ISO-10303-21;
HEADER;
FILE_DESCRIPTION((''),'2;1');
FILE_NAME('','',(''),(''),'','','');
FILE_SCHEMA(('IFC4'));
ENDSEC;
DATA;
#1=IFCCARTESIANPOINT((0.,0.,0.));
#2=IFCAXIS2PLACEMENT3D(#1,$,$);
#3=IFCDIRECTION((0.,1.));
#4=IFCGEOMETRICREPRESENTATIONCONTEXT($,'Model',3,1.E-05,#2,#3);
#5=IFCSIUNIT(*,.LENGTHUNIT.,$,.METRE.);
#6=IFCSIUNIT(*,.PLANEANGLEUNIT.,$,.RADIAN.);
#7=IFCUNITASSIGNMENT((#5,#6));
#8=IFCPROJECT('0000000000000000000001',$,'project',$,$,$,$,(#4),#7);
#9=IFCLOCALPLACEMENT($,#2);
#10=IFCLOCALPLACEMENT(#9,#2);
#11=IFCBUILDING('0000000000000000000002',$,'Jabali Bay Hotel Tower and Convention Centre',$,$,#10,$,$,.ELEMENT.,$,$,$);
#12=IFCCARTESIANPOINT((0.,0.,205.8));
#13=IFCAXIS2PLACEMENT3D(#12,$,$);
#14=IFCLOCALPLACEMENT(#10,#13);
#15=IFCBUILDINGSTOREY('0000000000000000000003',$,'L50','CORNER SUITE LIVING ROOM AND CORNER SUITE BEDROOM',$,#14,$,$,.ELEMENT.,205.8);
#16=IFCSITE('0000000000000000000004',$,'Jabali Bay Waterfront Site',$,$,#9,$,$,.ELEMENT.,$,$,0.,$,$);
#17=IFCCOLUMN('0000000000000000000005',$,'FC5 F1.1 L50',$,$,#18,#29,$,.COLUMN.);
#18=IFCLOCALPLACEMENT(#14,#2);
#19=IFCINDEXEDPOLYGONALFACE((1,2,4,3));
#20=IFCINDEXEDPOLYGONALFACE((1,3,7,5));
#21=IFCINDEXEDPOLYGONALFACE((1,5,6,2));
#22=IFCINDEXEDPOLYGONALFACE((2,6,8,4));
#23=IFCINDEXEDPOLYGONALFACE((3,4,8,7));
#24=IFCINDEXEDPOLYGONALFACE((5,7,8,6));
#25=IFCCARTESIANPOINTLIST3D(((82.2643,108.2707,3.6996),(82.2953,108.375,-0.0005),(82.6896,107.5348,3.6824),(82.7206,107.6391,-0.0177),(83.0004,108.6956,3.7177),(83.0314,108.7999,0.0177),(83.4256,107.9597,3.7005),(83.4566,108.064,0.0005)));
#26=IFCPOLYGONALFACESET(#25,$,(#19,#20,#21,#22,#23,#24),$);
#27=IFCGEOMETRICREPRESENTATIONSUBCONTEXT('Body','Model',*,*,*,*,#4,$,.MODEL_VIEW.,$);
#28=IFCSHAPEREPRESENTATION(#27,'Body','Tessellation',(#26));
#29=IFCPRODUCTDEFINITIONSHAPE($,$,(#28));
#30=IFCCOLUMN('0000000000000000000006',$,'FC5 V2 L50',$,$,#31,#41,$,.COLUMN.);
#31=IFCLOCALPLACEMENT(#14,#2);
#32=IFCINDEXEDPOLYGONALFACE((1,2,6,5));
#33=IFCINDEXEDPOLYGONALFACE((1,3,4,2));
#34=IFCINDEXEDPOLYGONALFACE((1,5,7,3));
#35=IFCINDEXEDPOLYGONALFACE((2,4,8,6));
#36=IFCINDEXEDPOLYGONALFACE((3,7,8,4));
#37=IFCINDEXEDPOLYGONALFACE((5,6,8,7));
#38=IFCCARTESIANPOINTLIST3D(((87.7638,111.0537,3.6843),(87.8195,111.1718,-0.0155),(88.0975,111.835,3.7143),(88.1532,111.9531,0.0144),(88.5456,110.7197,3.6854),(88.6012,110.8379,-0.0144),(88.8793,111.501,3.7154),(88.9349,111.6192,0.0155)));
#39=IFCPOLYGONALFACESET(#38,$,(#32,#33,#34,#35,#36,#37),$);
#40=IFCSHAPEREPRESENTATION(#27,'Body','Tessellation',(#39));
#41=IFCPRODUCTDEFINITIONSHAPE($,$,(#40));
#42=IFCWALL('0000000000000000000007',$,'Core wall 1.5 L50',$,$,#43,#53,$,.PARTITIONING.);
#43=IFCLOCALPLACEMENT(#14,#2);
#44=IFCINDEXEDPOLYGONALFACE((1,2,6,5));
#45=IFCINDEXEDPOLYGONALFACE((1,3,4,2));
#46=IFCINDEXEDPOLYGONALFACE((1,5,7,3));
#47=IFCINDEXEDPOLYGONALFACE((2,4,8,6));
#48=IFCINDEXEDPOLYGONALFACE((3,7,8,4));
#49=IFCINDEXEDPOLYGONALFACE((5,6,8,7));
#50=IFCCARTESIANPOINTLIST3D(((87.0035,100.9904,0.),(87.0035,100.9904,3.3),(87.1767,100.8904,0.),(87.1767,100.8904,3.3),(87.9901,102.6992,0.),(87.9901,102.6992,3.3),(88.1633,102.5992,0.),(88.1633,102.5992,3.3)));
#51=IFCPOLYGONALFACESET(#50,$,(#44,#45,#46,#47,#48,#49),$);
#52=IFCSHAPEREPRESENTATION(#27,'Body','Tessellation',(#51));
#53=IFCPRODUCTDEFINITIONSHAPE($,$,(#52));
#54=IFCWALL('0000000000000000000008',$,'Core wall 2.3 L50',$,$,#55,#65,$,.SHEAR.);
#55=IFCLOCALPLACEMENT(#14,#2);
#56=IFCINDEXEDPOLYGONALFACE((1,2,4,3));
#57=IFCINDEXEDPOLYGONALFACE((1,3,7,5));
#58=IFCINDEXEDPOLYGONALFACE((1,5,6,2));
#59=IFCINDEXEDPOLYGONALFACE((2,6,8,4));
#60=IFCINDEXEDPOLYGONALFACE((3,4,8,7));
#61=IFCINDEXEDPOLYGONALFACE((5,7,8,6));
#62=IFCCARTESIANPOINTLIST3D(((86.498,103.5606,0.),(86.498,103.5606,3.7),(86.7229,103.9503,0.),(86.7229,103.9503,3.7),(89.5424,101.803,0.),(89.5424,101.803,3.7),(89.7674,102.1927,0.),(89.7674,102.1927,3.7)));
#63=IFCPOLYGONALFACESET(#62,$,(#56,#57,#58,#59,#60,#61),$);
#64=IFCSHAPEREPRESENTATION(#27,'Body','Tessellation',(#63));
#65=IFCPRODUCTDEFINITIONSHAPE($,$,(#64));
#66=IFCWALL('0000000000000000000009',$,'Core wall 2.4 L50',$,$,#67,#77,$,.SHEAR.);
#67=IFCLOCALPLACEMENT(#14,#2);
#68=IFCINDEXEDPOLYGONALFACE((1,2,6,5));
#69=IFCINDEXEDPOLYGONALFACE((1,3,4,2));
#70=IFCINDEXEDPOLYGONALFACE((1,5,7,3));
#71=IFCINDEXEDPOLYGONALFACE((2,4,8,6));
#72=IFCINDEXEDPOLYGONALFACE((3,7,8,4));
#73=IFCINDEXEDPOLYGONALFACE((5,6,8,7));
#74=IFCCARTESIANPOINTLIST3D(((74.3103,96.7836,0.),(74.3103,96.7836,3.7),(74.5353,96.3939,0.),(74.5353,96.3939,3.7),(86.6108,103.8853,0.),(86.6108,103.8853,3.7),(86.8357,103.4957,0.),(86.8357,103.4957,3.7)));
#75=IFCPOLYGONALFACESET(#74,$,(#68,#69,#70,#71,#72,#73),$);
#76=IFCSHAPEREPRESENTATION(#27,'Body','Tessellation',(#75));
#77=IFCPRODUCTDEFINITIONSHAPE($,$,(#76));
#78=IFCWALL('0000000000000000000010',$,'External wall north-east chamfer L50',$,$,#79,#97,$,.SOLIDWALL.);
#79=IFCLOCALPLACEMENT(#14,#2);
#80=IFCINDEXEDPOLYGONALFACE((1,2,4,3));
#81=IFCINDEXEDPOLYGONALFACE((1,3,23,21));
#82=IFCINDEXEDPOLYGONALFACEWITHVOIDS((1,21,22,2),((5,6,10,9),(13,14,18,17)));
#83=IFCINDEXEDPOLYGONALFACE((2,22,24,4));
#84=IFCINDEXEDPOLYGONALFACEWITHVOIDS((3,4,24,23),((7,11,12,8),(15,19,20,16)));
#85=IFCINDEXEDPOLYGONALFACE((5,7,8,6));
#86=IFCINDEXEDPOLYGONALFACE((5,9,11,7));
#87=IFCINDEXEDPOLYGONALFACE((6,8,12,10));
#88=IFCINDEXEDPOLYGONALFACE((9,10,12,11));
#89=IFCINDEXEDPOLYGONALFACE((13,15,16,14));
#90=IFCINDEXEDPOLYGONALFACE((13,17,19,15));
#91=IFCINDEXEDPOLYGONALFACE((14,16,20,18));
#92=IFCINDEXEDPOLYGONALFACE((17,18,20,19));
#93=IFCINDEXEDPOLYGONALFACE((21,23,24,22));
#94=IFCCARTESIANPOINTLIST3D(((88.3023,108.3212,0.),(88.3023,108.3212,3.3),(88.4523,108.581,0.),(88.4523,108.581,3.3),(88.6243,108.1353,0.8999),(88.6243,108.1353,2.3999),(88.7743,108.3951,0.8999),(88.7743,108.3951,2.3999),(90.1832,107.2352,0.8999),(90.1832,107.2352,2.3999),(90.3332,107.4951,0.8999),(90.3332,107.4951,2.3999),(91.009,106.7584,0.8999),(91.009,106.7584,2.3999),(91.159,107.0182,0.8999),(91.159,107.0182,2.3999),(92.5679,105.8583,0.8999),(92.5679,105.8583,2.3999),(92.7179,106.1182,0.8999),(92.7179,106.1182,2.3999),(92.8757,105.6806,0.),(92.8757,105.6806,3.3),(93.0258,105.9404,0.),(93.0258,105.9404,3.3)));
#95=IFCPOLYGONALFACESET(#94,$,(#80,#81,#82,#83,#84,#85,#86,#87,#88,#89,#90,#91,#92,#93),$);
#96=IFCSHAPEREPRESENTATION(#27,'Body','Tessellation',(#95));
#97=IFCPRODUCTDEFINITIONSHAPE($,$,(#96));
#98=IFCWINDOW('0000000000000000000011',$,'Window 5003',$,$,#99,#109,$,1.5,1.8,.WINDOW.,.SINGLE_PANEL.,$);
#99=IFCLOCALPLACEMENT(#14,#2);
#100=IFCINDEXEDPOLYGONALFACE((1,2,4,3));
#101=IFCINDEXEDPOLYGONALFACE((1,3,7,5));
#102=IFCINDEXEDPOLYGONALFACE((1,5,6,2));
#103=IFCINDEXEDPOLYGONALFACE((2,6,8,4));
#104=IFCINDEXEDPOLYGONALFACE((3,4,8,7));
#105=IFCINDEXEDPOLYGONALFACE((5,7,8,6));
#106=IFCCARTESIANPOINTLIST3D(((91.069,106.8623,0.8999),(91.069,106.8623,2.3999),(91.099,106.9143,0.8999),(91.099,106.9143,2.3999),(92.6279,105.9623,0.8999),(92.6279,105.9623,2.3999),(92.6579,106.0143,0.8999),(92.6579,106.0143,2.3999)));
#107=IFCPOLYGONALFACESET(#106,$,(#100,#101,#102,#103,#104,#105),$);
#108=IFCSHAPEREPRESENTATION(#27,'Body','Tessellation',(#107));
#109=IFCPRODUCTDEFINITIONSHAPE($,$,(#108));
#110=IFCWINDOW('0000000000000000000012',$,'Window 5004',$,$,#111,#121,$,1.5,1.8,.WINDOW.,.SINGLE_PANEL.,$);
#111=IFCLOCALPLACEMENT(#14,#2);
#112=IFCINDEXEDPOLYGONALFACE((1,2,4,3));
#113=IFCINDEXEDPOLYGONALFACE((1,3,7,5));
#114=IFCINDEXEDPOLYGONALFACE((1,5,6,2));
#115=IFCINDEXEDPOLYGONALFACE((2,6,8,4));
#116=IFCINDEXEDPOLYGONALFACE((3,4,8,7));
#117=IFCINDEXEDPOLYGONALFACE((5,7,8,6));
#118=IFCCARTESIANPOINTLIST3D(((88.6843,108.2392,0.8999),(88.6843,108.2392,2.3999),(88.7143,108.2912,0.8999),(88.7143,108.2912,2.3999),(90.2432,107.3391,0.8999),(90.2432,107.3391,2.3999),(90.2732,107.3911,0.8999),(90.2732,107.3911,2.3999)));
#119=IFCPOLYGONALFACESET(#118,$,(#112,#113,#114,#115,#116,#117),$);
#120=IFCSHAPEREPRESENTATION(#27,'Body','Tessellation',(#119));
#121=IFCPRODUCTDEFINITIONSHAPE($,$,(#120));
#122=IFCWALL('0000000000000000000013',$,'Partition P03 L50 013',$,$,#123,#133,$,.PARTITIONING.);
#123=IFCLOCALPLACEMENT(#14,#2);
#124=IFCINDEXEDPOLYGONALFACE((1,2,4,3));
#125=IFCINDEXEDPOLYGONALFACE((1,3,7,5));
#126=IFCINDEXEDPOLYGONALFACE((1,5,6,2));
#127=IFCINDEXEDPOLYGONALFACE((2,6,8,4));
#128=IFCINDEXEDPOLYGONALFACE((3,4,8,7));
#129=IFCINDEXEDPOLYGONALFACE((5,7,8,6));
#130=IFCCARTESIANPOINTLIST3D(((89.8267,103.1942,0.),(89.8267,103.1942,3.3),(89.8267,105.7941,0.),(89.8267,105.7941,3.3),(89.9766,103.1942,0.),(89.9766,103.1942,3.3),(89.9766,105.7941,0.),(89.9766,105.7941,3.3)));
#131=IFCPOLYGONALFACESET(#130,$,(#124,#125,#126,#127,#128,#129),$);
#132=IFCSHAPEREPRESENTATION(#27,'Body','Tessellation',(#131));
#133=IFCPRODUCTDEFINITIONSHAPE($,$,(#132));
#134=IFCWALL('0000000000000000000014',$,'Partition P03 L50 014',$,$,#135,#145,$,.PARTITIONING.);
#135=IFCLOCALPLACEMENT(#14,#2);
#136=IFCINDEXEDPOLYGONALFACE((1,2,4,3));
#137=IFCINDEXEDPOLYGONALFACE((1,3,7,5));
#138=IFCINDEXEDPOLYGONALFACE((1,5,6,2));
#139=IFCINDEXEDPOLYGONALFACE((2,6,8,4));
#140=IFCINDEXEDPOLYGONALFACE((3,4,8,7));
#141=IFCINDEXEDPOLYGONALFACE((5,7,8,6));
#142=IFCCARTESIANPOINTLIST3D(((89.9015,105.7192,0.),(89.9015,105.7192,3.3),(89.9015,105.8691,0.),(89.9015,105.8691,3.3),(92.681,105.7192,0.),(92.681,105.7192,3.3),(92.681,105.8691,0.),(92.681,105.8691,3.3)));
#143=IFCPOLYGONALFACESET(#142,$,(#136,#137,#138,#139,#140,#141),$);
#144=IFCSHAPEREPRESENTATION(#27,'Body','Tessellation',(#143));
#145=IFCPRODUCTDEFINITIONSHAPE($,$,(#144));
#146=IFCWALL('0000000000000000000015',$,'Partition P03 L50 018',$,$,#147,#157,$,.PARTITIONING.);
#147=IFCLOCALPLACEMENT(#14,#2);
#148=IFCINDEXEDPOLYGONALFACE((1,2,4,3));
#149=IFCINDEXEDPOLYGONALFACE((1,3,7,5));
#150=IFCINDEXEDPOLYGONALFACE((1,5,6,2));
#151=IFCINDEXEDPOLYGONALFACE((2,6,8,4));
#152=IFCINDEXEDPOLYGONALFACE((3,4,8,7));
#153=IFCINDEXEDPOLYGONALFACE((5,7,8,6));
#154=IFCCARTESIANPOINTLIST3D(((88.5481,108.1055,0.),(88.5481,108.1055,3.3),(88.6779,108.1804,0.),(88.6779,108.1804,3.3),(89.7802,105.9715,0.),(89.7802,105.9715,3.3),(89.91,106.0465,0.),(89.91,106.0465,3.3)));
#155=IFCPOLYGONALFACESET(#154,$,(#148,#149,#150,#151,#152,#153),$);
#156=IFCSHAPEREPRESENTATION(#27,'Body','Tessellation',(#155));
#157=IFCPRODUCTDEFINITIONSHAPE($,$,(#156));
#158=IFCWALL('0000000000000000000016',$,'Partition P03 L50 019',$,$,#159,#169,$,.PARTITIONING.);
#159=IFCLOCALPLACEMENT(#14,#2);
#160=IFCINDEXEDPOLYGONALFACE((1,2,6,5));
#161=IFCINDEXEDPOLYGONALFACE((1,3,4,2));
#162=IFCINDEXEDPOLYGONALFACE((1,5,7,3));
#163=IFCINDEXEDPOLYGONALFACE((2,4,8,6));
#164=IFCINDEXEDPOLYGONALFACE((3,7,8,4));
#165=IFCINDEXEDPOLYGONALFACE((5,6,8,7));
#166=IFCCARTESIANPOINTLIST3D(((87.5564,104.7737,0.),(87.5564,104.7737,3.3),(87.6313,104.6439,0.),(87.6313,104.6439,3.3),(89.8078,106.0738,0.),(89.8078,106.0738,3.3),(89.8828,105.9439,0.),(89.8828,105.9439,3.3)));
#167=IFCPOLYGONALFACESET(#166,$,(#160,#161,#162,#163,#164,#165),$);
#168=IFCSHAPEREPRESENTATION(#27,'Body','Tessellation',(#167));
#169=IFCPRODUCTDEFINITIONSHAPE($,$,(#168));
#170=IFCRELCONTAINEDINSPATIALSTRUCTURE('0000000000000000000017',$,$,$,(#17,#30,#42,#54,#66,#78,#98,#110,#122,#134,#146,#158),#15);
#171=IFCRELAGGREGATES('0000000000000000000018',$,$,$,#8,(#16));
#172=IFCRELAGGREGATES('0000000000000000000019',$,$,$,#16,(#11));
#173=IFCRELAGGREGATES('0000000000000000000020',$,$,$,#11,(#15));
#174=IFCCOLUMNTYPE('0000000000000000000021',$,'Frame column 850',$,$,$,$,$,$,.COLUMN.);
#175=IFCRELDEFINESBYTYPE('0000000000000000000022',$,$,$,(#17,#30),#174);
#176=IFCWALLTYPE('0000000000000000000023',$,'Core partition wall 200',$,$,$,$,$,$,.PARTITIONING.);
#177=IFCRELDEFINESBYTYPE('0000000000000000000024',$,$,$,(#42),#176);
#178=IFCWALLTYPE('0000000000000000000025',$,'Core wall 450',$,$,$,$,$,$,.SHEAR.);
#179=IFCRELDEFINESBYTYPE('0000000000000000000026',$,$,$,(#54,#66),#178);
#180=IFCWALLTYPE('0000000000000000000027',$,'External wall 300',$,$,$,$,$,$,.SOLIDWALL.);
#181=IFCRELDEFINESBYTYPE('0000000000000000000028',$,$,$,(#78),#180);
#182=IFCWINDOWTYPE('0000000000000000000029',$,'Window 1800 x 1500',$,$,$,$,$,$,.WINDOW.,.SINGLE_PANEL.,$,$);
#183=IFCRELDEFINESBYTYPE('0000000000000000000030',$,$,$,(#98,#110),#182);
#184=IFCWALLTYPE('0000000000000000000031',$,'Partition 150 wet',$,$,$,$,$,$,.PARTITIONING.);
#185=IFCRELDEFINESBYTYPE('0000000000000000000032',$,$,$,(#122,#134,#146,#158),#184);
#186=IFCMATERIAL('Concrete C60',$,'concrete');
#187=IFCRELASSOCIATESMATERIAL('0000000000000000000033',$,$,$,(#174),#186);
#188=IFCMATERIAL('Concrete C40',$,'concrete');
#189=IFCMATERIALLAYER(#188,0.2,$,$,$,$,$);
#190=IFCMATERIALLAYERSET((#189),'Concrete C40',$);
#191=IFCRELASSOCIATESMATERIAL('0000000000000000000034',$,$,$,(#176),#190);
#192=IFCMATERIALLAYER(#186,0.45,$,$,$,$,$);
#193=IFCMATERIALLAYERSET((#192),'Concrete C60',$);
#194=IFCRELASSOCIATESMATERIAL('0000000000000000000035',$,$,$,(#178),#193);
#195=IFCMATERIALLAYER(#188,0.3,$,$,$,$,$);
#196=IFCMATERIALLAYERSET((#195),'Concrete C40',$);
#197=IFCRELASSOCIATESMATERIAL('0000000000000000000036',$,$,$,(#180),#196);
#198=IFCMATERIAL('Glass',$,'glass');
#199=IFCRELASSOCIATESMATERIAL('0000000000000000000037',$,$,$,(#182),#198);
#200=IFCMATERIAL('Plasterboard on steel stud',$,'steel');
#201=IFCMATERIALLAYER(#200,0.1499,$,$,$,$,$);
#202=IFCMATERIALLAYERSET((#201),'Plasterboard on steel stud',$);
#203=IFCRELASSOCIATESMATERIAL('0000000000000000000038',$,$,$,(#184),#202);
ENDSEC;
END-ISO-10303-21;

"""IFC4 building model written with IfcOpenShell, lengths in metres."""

from ifc_helpers import new_model, si_unit, direction, frame, frame_2d, origin, origin_2d, place, context, subcontext, project, spatial, rectangle, extrude, material, layer, layer_set, material_profile, profile_set, type_object, element, fill, save


model = new_model("IFC4")

# Units and contexts
model_context = context("Model", 3, precision=1e-05, world=origin(), true_north=direction((0.0, 1.0)))
body_context = subcontext(model_context, "Body", "Model", "MODEL_VIEW")
ifc_project = project(units=[si_unit("LENGTHUNIT", "METRE"), si_unit("PLANEANGLEUNIT", "RADIAN")], contexts=[model_context])

# Site, building, storey
site_placement = place(None, origin())
site = spatial("IfcSite", under=ifc_project, at=site_placement, Name="Jabali Bay Waterfront Site", CompositionType="ELEMENT", RefElevation=0.0)
building_placement = place(site_placement, origin())
building = spatial("IfcBuilding", under=site, at=building_placement, Name="Jabali Bay Hotel Tower and Convention Centre", CompositionType="ELEMENT")
storey_placement = place(building_placement, frame((0.0, 0.0, 205.8)))
storey = spatial("IfcBuildingStorey", under=building, at=storey_placement, Name="L50", Description="CORNER SUITE LIVING ROOM AND CORNER SUITE BEDROOM", CompositionType="ELEMENT", Elevation=205.8)

# Columns
ifc_material_1 = material(Name="Concrete C60", Category="concrete")
ifc_material_profile = material_profile(ifc_material_1, rectangle(XDim=0.8501, YDim=0.8501, at=origin_2d()), Name="Frame column 850")
ifc_profile_set = profile_set([ifc_material_profile], Name="Concrete C60")
column_type = type_object("IfcColumnType", Name="Frame column 850", PredefinedType="COLUMN", material=ifc_profile_set)
column_1_placement = place(storey_placement, frame((82.876, 108.2195, 0.0), z_axis=(-0.008376, -0.028163, 0.999568), x_axis=(0.865852, 0.499845, 0.021339)))
element("IfcColumn", 1, at=column_1_placement, inside=storey, type_object=column_type, Name="FC5 F1.1 L50", PredefinedType="COLUMN", context=body_context, shape_type="SweptSolid", body=[
    extrude(rectangle(XDim=0.8501, YDim=0.8501, at=origin_2d()), origin(), (0.0, 0.0, 1.0), 3.7017),
])
column_2_placement = place(storey_placement, frame((88.3772, 111.3955, 0.0), z_axis=(-0.015035, -0.031917, 0.999377), x_axis=(0.919618, -0.392811, 0.00129)))
element("IfcColumn", 2, at=column_2_placement, inside=storey, type_object=column_type, Name="FC5 V2 L50", PredefinedType="COLUMN", context=body_context, shape_type="SweptSolid", body=[
    extrude(rectangle(XDim=0.8501, YDim=0.8501, at=origin_2d()), origin(), (0.0, 0.0, 1.0), 3.7021),
])

# Walls
ifc_material_2 = material(Name="Concrete C40", Category="concrete")
ifc_layer_1 = layer(ifc_material_2, 0.2)
ifc_layer_set_1 = layer_set([ifc_layer_1], Name="Concrete C40")
wall_type_1 = type_object("IfcWallType", Name="Core partition wall 200", PredefinedType="PARTITIONING", material=ifc_layer_set_1)
wall_1_placement = place(storey_placement, frame((87.0901, 100.9404, 0.0), z_axis=(0.0, 0.0, 1.0), x_axis=(0.500012, 0.866019, 0.0)))
element("IfcWall", 3, at=wall_1_placement, inside=storey, type_object=wall_type_1, Name="Core wall 1.5 L50", PredefinedType="PARTITIONING", context=body_context, shape_type="SweptSolid", body=[
    extrude(rectangle(XDim=1.9731, YDim=0.2, at=frame_2d((0.9866, 0.0))), origin(), (0.0, 0.0, 1.0), 3.3),
])
ifc_layer_2 = layer(ifc_material_1, 0.45)
ifc_layer_set_2 = layer_set([ifc_layer_2], Name="Concrete C60")
wall_type_2 = type_object("IfcWallType", Name="Core wall 450", PredefinedType="SHEAR", material=ifc_layer_set_2)
wall_2_placement = place(storey_placement, frame((89.655, 101.9978, 0.0), z_axis=(0.0, 0.0, 1.0), x_axis=(-0.866042, 0.499971, 0.0)))
element("IfcWall", 4, at=wall_2_placement, inside=storey, type_object=wall_type_2, Name="Core wall 2.3 L50", PredefinedType="SHEAR", context=body_context, shape_type="SweptSolid", body=[
    extrude(rectangle(XDim=3.5154, YDim=0.45, at=frame_2d((1.7578, 0.0))), origin(), (0.0, 0.0, 1.0), 3.7),
])
wall_3_placement = place(storey_placement, frame((86.7231, 103.6904, 0.0), z_axis=(0.0, 0.0, 1.0), x_axis=(-0.866023, -0.500005, 0.0)))
element("IfcWall", 5, at=wall_3_placement, inside=storey, type_object=wall_type_2, Name="Core wall 2.4 L50", PredefinedType="SHEAR", context=body_context, shape_type="SweptSolid", body=[
    extrude(rectangle(XDim=14.2034, YDim=0.45, at=frame_2d((7.1016, 0.0))), origin(), (0.0, 0.0, 1.0), 3.7),
])

# Wall, openings, windows
ifc_layer_3 = layer(ifc_material_2, 0.3)
ifc_layer_set_3 = layer_set([ifc_layer_3], Name="Concrete C40")
wall_type_3 = type_object("IfcWallType", Name="External wall 300", PredefinedType="SOLIDWALL", material=ifc_layer_set_3)
wall_4_placement = place(storey_placement, frame((88.3772, 108.4512, 0.0), z_axis=(0.0, 0.0, 1.0), x_axis=(0.866015, -0.500017, 0.0)))
wall_4 = element("IfcWall", 6, at=wall_4_placement, inside=storey, type_object=wall_type_3, Name="External wall north-east chamfer L50", PredefinedType="SOLIDWALL", context=body_context, shape_type="SweptSolid", body=[
    extrude(rectangle(XDim=5.281, YDim=0.3, at=frame_2d((2.6406, 0.0))), origin(), (0.0, 0.0, 1.0), 3.3),
])
opening_1_placement = place(wall_4_placement, frame((3.1257, 0.0, 0.8999)))
opening_1 = element("IfcOpeningElement", 7, at=opening_1_placement, cuts=wall_4, PredefinedType="OPENING", context=body_context, shape_type="SweptSolid", body=[
    extrude(rectangle(XDim=1.8, YDim=1.5, at=frame_2d((0.8999, 0.75))), frame((0.0, 0.1606, 0.0), z_axis=(0.0, -1.0, 0.0), x_axis=(1.0, 0.0, 0.0)), (0.0, 0.0, 1.0), 0.321),
])
opening_2_placement = place(wall_4_placement, frame((0.3721, 0.0, 0.8999)))
opening_2 = element("IfcOpeningElement", 8, at=opening_2_placement, cuts=wall_4, PredefinedType="OPENING", context=body_context, shape_type="SweptSolid", body=[
    extrude(rectangle(XDim=1.8, YDim=1.5, at=frame_2d((0.8999, 0.75))), frame((0.0, 0.1606, 0.0), z_axis=(0.0, -1.0, 0.0), x_axis=(1.0, 0.0, 0.0)), (0.0, 0.0, 1.0), 0.321),
])
ifc_material_3 = material(Name="Glass", Category="glass")
window_type = type_object("IfcWindowType", Name="Window 1800 x 1500", PartitioningType="SINGLE_PANEL", PredefinedType="WINDOW", material=ifc_material_3)
window_1_placement = place(opening_1_placement, origin())
window_1 = element("IfcWindow", 9, at=window_1_placement, inside=storey, type_object=window_type, Name="Window 5003", OverallHeight=1.5, OverallWidth=1.8, PartitioningType="SINGLE_PANEL", PredefinedType="WINDOW", context=body_context, shape_type="SweptSolid", body=[
    extrude(rectangle(XDim=1.8, YDim=1.5, at=frame_2d((0.8999, 0.75))), frame((0.0, 0.03, 0.0), z_axis=(0.0, -1.0, 0.0), x_axis=(1.0, 0.0, 0.0)), (0.0, 0.0, 1.0), 0.0601),
])
fill(opening_1, window_1)
window_2_placement = place(opening_2_placement, origin())
window_2 = element("IfcWindow", 10, at=window_2_placement, inside=storey, type_object=window_type, Name="Window 5004", OverallHeight=1.5, OverallWidth=1.8, PartitioningType="SINGLE_PANEL", PredefinedType="WINDOW", context=body_context, shape_type="SweptSolid", body=[
    extrude(rectangle(XDim=1.8, YDim=1.5, at=frame_2d((0.8999, 0.75))), frame((0.0, 0.03, 0.0), z_axis=(0.0, -1.0, 0.0), x_axis=(1.0, 0.0, 0.0)), (0.0, 0.0, 1.0), 0.0601),
])
fill(opening_2, window_2)

# Walls
ifc_material_4 = material(Name="Plasterboard on steel stud", Category="steel")
ifc_layer_4 = layer(ifc_material_4, 0.1499)
ifc_layer_set_4 = layer_set([ifc_layer_4], Name="Plasterboard on steel stud")
wall_type_4 = type_object("IfcWallType", Name="Partition 150 wet", PredefinedType="PARTITIONING", material=ifc_layer_set_4)
wall_5_placement = place(storey_placement, frame((89.9016, 103.1943, 0.0), z_axis=(0.0, 0.0, 1.0), x_axis=(0.0, 1.0, 0.0)))
element("IfcWall", 11, at=wall_5_placement, inside=storey, type_object=wall_type_4, Name="Partition P03 L50 013", PredefinedType="PARTITIONING", context=body_context, shape_type="SweptSolid", body=[
    extrude(rectangle(XDim=2.5999, YDim=0.1499, at=frame_2d((1.2998, 0.0))), origin(), (0.0, 0.0, 1.0), 3.3),
])
wall_6_placement = place(storey_placement, frame((89.9016, 105.7942, 0.0), z_axis=(0.0, 0.0, 1.0), x_axis=(1.0, 0.0, 0.0)))
element("IfcWall", 12, at=wall_6_placement, inside=storey, type_object=wall_type_4, Name="Partition P03 L50 014", PredefinedType="PARTITIONING", context=body_context, shape_type="SweptSolid", body=[
    extrude(rectangle(XDim=2.7795, YDim=0.1499, at=frame_2d((1.3896, 0.0))), origin(), (0.0, 0.0, 1.0), 3.3),
])
wall_7_placement = place(storey_placement, frame((88.613, 108.1428, 0.0), z_axis=(0.0, 0.0, 1.0), x_axis=(0.500028, -0.866009, 0.0)))
element("IfcWall", 13, at=wall_7_placement, inside=storey, type_object=wall_type_4, Name="Partition P03 L50 018", PredefinedType="PARTITIONING", context=body_context, shape_type="SweptSolid", body=[
    extrude(rectangle(XDim=2.4641, YDim=0.1499, at=frame_2d((1.2319, 0.0))), origin(), (0.0, 0.0, 1.0), 3.3),
])
wall_8_placement = place(storey_placement, frame((89.8452, 106.0088, 0.0), z_axis=(0.0, 0.0, 1.0), x_axis=(-0.865998, -0.500048, 0.0)))
element("IfcWall", 14, at=wall_8_placement, inside=storey, type_object=wall_type_4, Name="Partition P03 L50 019", PredefinedType="PARTITIONING", context=body_context, shape_type="SweptSolid", body=[
    extrude(rectangle(XDim=2.5999, YDim=0.1499, at=frame_2d((1.2998, 0.0))), origin(), (0.0, 0.0, 1.0), 3.3),
])

save(model, "model.ifc")
